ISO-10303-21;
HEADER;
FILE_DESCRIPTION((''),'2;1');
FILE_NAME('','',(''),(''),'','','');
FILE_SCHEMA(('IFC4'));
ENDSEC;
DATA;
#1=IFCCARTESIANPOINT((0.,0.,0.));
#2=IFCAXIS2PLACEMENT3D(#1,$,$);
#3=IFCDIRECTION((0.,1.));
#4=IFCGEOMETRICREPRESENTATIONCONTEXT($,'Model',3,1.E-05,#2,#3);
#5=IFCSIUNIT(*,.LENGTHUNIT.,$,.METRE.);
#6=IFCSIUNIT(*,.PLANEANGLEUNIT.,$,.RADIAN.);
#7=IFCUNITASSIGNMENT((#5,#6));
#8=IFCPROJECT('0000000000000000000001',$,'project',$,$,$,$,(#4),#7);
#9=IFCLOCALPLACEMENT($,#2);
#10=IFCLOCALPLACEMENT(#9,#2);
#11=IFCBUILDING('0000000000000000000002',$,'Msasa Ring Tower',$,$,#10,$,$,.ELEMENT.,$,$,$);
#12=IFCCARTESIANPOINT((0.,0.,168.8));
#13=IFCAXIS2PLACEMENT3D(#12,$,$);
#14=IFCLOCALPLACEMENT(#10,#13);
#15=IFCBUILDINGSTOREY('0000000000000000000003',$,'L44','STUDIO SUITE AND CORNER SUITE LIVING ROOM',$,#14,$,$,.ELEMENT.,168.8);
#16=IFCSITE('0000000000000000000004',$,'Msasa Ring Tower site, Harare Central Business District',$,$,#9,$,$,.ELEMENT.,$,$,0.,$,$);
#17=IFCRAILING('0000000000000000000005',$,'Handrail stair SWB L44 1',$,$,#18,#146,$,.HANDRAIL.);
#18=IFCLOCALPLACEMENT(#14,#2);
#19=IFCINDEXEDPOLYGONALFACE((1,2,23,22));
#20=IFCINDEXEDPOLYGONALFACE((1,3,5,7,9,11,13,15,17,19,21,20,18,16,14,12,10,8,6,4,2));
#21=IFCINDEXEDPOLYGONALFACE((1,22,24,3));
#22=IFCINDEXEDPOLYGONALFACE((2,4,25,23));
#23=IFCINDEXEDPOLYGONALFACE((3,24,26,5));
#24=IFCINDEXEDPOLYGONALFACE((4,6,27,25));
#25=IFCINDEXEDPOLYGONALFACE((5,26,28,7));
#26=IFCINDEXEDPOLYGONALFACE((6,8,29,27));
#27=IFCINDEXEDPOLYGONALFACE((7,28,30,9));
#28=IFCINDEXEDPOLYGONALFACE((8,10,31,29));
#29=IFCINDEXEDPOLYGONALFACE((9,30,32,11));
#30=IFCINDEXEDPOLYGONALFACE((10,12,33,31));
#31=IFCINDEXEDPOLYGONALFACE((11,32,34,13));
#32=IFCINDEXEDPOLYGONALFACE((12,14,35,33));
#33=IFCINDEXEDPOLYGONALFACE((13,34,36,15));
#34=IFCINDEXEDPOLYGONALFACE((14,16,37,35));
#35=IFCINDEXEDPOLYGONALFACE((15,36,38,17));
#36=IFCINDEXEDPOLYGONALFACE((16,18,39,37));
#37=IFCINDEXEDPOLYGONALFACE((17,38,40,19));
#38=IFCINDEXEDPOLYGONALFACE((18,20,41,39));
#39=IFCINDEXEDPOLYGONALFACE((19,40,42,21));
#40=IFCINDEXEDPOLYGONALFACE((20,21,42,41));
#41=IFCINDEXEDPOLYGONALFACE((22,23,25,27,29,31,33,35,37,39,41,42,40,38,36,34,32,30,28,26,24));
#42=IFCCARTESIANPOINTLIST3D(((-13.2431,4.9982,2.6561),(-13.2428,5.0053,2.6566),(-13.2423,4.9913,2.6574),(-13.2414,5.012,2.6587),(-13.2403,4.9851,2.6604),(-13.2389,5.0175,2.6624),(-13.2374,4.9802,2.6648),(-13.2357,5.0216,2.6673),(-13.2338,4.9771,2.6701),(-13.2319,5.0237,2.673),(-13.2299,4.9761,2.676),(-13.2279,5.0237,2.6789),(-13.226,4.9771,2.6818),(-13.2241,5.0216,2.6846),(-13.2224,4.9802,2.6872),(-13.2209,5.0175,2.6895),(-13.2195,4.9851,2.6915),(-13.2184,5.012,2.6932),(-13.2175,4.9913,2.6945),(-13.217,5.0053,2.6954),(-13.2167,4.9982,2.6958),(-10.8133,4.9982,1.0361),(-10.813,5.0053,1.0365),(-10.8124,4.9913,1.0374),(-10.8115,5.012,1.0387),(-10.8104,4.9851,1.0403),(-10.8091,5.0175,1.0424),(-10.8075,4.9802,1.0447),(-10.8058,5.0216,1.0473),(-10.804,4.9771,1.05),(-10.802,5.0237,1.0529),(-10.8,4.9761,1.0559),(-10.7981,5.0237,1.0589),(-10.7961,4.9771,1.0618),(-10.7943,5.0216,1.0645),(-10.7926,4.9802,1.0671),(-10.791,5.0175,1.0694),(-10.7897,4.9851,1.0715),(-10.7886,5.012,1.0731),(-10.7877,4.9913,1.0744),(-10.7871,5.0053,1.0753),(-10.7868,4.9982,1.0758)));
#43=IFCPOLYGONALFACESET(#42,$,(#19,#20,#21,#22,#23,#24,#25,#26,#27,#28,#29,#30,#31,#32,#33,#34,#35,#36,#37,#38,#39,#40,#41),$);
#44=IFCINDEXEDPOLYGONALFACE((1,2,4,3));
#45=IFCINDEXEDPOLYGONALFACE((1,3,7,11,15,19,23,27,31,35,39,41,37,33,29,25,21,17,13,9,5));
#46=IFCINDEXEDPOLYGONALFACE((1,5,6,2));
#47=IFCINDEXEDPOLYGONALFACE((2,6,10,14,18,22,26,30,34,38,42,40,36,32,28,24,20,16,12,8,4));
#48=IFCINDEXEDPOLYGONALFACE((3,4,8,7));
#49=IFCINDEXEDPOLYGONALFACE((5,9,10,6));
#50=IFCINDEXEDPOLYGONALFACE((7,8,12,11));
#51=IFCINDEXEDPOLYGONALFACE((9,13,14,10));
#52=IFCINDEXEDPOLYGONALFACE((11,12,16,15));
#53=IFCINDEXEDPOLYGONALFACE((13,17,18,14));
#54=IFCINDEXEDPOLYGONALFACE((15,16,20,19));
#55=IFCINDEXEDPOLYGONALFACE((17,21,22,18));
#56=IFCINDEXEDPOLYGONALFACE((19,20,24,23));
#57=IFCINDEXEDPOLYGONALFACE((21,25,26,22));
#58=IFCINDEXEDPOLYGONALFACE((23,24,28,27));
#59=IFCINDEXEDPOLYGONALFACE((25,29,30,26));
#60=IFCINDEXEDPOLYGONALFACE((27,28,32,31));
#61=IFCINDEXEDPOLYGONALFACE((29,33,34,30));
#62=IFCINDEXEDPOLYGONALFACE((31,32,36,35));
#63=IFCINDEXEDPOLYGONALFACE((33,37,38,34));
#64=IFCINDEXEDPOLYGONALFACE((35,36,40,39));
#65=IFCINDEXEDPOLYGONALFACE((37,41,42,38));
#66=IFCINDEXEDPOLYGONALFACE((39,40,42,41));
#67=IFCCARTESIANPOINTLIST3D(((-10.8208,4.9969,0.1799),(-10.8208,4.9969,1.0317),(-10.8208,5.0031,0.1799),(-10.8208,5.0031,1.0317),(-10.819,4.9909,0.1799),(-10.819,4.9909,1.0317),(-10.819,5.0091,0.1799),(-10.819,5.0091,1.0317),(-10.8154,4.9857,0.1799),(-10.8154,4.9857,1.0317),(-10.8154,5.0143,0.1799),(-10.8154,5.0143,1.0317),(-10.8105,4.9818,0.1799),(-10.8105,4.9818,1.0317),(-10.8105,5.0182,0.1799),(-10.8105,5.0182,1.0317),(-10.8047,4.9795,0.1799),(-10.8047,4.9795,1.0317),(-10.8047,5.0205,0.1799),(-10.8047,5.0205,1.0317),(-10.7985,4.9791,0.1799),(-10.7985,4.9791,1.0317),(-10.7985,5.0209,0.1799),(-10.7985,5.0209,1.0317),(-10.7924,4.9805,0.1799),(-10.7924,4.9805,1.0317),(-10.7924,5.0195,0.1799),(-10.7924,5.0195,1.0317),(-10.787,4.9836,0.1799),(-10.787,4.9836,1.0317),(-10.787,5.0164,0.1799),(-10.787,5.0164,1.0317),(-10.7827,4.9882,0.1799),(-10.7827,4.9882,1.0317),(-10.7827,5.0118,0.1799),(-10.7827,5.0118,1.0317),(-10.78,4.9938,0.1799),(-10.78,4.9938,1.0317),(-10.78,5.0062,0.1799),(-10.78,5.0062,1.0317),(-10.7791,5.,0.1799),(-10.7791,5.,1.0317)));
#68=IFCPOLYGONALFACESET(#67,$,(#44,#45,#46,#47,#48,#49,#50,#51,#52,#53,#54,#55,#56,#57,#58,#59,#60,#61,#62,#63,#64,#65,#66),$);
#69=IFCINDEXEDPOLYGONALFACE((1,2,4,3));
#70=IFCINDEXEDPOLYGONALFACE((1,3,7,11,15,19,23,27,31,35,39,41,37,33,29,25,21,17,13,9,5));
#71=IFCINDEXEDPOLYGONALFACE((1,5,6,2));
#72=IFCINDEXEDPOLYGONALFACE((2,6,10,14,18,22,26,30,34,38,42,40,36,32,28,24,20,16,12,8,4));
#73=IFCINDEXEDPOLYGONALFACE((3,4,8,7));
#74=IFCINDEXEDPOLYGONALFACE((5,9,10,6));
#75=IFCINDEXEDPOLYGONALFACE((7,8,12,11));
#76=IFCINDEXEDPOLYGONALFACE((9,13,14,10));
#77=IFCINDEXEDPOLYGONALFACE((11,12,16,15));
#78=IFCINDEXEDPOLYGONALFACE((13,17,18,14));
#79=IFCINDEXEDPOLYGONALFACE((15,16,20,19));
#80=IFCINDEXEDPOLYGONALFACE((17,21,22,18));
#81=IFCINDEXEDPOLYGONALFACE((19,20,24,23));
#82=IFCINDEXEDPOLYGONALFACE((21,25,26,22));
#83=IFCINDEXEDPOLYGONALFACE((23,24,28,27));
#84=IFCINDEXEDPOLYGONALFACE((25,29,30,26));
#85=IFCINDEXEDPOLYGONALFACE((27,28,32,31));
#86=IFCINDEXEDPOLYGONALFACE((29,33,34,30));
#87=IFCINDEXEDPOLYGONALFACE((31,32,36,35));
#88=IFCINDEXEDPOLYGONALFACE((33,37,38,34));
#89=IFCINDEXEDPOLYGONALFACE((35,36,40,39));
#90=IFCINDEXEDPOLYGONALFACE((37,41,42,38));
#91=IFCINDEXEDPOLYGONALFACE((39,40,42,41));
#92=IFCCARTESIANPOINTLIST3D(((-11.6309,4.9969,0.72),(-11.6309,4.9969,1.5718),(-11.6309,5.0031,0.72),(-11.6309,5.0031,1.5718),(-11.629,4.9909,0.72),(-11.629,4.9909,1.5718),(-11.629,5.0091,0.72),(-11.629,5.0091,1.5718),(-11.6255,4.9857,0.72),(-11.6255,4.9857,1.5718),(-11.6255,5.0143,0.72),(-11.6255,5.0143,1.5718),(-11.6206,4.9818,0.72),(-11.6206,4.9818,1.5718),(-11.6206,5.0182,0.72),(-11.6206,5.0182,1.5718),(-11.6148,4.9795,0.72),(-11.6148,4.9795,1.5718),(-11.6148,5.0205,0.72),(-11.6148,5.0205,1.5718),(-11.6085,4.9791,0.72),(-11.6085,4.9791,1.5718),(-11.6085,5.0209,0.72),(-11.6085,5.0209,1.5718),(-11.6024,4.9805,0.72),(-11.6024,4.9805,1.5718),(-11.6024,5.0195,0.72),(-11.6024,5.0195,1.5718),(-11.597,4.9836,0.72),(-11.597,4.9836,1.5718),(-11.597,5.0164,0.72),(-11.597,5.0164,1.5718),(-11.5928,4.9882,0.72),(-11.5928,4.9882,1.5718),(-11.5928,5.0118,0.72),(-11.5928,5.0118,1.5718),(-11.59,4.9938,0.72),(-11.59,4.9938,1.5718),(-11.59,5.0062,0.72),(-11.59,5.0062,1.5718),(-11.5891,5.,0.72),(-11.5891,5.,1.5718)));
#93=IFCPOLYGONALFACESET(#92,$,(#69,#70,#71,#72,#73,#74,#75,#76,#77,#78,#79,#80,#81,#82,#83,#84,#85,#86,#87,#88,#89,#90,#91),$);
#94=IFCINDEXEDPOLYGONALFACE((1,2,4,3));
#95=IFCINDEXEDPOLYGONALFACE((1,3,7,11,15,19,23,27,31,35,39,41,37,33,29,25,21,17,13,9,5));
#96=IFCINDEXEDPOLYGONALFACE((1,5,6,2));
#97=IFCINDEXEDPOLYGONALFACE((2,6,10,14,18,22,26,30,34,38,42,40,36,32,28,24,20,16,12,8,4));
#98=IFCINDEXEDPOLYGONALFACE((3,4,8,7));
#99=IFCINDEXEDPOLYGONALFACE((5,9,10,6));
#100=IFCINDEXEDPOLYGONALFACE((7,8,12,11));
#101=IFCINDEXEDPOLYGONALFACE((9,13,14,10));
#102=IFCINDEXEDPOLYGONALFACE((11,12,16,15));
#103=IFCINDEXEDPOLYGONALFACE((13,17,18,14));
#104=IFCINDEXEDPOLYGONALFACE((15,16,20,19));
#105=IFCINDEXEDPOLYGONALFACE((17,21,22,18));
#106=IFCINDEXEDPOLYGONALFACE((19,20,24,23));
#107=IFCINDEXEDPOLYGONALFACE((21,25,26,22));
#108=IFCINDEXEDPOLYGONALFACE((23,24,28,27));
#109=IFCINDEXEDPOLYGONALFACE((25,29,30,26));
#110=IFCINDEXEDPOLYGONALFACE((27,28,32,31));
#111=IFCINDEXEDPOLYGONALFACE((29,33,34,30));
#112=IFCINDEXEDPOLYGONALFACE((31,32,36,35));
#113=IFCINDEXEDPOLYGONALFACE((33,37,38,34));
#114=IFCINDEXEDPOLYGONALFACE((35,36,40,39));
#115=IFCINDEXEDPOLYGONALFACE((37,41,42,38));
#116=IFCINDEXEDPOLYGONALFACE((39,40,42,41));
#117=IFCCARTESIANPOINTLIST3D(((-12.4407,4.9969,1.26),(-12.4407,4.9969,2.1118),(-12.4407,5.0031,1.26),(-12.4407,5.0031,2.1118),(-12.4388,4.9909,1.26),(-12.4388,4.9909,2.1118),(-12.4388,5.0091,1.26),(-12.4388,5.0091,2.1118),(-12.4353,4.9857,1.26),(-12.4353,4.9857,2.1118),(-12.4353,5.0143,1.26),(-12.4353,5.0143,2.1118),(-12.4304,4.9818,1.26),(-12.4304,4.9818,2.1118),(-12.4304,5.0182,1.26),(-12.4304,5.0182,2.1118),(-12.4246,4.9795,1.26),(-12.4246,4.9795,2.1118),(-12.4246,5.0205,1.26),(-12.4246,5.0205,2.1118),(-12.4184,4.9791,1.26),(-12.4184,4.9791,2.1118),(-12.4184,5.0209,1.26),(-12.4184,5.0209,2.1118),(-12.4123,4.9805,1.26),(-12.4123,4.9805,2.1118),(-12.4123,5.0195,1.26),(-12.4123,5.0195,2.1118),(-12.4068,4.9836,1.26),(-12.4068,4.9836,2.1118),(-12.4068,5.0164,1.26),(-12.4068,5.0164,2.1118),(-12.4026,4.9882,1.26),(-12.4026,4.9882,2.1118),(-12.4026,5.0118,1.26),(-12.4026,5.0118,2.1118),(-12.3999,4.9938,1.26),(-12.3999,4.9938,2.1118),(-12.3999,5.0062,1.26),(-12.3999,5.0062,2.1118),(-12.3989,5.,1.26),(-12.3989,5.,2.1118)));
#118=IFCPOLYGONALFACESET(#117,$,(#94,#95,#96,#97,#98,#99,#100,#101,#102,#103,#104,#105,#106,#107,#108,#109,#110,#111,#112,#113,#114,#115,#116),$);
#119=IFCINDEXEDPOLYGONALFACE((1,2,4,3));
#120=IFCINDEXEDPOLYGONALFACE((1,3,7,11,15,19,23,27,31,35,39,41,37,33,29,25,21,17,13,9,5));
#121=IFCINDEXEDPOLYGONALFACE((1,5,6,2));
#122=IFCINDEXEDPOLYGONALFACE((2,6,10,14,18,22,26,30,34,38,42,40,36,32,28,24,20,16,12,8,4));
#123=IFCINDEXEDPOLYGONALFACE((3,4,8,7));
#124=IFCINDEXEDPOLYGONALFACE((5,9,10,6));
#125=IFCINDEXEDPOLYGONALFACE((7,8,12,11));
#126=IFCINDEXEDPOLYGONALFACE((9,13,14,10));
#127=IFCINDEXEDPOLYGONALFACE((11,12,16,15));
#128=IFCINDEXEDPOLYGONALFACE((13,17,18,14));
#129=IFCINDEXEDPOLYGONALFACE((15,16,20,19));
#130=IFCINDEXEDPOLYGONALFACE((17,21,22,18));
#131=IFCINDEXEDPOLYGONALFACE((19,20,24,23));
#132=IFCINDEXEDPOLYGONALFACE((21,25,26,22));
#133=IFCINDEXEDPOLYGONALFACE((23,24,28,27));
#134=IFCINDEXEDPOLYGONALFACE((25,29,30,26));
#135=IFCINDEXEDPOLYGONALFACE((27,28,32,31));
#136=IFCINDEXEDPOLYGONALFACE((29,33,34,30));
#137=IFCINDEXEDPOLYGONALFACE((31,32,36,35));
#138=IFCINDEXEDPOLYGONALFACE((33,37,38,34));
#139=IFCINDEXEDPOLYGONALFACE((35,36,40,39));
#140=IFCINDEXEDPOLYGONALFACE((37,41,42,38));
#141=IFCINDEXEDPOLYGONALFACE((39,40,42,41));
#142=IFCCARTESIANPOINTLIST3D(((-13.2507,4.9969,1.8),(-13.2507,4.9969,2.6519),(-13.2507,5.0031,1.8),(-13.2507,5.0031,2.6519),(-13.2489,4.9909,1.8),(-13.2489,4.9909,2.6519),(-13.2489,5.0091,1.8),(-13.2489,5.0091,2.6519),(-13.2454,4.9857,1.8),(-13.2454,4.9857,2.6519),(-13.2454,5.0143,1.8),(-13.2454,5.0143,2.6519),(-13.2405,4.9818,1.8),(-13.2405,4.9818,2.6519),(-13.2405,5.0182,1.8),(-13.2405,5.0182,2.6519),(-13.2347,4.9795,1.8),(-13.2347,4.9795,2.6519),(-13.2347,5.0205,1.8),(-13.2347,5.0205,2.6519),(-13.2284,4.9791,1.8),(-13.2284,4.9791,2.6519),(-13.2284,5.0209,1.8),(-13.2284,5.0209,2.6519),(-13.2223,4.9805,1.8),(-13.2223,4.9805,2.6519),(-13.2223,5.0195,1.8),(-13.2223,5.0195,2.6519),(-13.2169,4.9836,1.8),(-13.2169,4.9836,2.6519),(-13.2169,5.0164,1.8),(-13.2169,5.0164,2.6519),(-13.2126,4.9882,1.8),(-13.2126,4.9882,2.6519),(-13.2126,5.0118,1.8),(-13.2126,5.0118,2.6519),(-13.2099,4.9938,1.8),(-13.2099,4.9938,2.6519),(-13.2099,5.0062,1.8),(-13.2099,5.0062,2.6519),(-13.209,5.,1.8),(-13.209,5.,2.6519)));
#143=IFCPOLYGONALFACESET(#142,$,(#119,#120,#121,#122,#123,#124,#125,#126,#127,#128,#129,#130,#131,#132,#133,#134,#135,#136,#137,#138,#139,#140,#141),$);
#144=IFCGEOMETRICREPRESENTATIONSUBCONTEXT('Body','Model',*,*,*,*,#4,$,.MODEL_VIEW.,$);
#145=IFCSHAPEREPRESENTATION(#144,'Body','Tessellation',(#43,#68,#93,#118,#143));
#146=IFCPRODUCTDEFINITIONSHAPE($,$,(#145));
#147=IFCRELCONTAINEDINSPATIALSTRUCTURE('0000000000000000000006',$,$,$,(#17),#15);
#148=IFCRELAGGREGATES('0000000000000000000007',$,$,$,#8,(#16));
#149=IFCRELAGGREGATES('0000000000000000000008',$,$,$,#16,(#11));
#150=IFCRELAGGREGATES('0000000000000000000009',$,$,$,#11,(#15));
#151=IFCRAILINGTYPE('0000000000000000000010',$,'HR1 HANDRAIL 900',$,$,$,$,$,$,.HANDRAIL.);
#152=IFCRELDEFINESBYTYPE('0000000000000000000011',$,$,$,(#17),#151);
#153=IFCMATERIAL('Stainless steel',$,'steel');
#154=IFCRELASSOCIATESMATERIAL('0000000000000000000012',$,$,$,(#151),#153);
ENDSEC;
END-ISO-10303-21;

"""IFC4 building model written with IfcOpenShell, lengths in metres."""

from ifc_helpers import new_model, si_unit, direction, frame, origin, origin_2d, place, context, subcontext, project, spatial, circle, extrude, material, type_object, element, save


model = new_model("IFC4")

# Units and contexts
model_context = context("Model", 3, precision=1e-05, world=origin(), true_north=direction((0.0, 1.0)))
body_context = subcontext(model_context, "Body", "Model", "MODEL_VIEW")
ifc_project = project(units=[si_unit("LENGTHUNIT", "METRE"), si_unit("PLANEANGLEUNIT", "RADIAN")], contexts=[model_context])

# Site, building, storey
site_placement = place(None, origin())
site = spatial("IfcSite", under=ifc_project, at=site_placement, Name="Msasa Ring Tower site, Harare Central Business District", CompositionType="ELEMENT", RefElevation=0.0)
building_placement = place(site_placement, origin())
building = spatial("IfcBuilding", under=site, at=building_placement, Name="Msasa Ring Tower", CompositionType="ELEMENT")
storey_placement = place(building_placement, frame((0.0, 0.0, 168.8)))
storey = spatial("IfcBuildingStorey", under=building, at=storey_placement, Name="L44", Description="STUDIO SUITE AND CORNER SUITE LIVING ROOM", CompositionType="ELEMENT", Elevation=168.8)

# Railing
ifc_material_1 = material(Name="Stainless steel", Category="steel")
railing_type = type_object("IfcRailingType", Name="HR1 HANDRAIL 900", PredefinedType="HANDRAIL", material=ifc_material_1)
for number, where, name in (
    (1, (-10.8, 5.0, 0.1799), "Handrail stair SWB L44 1"),
):
    element("IfcRailing", number, at=place(storey_placement, frame(where)), inside=storey, type_object=railing_type, Name=name, PredefinedType="HANDRAIL", context=body_context, shape_type="SweptSolid", body=[
        extrude(circle(Radius=0.0239, at=origin_2d()), frame((0.0, 0.0, 0.876), z_axis=(-0.832025, 0.0, 0.554739), x_axis=(0.0, -1.0, 0.0)), (0.0, 0.0, 1.0), 2.9204),
        extrude(circle(Radius=0.021, at=origin_2d()), origin(), (0.0, 0.0, 1.0), 0.8518),
        extrude(circle(Radius=0.021, at=origin_2d()), frame((-0.8101, 0.0, 0.54)), (0.0, 0.0, 1.0), 0.8518),
        extrude(circle(Radius=0.021, at=origin_2d()), frame((-1.6199, 0.0, 1.0801)), (0.0, 0.0, 1.0), 0.8518),
        extrude(circle(Radius=0.021, at=origin_2d()), frame((-2.4299, 0.0, 1.6201)), (0.0, 0.0, 1.0), 0.8518),
    ])

save(model, "model.ifc")
